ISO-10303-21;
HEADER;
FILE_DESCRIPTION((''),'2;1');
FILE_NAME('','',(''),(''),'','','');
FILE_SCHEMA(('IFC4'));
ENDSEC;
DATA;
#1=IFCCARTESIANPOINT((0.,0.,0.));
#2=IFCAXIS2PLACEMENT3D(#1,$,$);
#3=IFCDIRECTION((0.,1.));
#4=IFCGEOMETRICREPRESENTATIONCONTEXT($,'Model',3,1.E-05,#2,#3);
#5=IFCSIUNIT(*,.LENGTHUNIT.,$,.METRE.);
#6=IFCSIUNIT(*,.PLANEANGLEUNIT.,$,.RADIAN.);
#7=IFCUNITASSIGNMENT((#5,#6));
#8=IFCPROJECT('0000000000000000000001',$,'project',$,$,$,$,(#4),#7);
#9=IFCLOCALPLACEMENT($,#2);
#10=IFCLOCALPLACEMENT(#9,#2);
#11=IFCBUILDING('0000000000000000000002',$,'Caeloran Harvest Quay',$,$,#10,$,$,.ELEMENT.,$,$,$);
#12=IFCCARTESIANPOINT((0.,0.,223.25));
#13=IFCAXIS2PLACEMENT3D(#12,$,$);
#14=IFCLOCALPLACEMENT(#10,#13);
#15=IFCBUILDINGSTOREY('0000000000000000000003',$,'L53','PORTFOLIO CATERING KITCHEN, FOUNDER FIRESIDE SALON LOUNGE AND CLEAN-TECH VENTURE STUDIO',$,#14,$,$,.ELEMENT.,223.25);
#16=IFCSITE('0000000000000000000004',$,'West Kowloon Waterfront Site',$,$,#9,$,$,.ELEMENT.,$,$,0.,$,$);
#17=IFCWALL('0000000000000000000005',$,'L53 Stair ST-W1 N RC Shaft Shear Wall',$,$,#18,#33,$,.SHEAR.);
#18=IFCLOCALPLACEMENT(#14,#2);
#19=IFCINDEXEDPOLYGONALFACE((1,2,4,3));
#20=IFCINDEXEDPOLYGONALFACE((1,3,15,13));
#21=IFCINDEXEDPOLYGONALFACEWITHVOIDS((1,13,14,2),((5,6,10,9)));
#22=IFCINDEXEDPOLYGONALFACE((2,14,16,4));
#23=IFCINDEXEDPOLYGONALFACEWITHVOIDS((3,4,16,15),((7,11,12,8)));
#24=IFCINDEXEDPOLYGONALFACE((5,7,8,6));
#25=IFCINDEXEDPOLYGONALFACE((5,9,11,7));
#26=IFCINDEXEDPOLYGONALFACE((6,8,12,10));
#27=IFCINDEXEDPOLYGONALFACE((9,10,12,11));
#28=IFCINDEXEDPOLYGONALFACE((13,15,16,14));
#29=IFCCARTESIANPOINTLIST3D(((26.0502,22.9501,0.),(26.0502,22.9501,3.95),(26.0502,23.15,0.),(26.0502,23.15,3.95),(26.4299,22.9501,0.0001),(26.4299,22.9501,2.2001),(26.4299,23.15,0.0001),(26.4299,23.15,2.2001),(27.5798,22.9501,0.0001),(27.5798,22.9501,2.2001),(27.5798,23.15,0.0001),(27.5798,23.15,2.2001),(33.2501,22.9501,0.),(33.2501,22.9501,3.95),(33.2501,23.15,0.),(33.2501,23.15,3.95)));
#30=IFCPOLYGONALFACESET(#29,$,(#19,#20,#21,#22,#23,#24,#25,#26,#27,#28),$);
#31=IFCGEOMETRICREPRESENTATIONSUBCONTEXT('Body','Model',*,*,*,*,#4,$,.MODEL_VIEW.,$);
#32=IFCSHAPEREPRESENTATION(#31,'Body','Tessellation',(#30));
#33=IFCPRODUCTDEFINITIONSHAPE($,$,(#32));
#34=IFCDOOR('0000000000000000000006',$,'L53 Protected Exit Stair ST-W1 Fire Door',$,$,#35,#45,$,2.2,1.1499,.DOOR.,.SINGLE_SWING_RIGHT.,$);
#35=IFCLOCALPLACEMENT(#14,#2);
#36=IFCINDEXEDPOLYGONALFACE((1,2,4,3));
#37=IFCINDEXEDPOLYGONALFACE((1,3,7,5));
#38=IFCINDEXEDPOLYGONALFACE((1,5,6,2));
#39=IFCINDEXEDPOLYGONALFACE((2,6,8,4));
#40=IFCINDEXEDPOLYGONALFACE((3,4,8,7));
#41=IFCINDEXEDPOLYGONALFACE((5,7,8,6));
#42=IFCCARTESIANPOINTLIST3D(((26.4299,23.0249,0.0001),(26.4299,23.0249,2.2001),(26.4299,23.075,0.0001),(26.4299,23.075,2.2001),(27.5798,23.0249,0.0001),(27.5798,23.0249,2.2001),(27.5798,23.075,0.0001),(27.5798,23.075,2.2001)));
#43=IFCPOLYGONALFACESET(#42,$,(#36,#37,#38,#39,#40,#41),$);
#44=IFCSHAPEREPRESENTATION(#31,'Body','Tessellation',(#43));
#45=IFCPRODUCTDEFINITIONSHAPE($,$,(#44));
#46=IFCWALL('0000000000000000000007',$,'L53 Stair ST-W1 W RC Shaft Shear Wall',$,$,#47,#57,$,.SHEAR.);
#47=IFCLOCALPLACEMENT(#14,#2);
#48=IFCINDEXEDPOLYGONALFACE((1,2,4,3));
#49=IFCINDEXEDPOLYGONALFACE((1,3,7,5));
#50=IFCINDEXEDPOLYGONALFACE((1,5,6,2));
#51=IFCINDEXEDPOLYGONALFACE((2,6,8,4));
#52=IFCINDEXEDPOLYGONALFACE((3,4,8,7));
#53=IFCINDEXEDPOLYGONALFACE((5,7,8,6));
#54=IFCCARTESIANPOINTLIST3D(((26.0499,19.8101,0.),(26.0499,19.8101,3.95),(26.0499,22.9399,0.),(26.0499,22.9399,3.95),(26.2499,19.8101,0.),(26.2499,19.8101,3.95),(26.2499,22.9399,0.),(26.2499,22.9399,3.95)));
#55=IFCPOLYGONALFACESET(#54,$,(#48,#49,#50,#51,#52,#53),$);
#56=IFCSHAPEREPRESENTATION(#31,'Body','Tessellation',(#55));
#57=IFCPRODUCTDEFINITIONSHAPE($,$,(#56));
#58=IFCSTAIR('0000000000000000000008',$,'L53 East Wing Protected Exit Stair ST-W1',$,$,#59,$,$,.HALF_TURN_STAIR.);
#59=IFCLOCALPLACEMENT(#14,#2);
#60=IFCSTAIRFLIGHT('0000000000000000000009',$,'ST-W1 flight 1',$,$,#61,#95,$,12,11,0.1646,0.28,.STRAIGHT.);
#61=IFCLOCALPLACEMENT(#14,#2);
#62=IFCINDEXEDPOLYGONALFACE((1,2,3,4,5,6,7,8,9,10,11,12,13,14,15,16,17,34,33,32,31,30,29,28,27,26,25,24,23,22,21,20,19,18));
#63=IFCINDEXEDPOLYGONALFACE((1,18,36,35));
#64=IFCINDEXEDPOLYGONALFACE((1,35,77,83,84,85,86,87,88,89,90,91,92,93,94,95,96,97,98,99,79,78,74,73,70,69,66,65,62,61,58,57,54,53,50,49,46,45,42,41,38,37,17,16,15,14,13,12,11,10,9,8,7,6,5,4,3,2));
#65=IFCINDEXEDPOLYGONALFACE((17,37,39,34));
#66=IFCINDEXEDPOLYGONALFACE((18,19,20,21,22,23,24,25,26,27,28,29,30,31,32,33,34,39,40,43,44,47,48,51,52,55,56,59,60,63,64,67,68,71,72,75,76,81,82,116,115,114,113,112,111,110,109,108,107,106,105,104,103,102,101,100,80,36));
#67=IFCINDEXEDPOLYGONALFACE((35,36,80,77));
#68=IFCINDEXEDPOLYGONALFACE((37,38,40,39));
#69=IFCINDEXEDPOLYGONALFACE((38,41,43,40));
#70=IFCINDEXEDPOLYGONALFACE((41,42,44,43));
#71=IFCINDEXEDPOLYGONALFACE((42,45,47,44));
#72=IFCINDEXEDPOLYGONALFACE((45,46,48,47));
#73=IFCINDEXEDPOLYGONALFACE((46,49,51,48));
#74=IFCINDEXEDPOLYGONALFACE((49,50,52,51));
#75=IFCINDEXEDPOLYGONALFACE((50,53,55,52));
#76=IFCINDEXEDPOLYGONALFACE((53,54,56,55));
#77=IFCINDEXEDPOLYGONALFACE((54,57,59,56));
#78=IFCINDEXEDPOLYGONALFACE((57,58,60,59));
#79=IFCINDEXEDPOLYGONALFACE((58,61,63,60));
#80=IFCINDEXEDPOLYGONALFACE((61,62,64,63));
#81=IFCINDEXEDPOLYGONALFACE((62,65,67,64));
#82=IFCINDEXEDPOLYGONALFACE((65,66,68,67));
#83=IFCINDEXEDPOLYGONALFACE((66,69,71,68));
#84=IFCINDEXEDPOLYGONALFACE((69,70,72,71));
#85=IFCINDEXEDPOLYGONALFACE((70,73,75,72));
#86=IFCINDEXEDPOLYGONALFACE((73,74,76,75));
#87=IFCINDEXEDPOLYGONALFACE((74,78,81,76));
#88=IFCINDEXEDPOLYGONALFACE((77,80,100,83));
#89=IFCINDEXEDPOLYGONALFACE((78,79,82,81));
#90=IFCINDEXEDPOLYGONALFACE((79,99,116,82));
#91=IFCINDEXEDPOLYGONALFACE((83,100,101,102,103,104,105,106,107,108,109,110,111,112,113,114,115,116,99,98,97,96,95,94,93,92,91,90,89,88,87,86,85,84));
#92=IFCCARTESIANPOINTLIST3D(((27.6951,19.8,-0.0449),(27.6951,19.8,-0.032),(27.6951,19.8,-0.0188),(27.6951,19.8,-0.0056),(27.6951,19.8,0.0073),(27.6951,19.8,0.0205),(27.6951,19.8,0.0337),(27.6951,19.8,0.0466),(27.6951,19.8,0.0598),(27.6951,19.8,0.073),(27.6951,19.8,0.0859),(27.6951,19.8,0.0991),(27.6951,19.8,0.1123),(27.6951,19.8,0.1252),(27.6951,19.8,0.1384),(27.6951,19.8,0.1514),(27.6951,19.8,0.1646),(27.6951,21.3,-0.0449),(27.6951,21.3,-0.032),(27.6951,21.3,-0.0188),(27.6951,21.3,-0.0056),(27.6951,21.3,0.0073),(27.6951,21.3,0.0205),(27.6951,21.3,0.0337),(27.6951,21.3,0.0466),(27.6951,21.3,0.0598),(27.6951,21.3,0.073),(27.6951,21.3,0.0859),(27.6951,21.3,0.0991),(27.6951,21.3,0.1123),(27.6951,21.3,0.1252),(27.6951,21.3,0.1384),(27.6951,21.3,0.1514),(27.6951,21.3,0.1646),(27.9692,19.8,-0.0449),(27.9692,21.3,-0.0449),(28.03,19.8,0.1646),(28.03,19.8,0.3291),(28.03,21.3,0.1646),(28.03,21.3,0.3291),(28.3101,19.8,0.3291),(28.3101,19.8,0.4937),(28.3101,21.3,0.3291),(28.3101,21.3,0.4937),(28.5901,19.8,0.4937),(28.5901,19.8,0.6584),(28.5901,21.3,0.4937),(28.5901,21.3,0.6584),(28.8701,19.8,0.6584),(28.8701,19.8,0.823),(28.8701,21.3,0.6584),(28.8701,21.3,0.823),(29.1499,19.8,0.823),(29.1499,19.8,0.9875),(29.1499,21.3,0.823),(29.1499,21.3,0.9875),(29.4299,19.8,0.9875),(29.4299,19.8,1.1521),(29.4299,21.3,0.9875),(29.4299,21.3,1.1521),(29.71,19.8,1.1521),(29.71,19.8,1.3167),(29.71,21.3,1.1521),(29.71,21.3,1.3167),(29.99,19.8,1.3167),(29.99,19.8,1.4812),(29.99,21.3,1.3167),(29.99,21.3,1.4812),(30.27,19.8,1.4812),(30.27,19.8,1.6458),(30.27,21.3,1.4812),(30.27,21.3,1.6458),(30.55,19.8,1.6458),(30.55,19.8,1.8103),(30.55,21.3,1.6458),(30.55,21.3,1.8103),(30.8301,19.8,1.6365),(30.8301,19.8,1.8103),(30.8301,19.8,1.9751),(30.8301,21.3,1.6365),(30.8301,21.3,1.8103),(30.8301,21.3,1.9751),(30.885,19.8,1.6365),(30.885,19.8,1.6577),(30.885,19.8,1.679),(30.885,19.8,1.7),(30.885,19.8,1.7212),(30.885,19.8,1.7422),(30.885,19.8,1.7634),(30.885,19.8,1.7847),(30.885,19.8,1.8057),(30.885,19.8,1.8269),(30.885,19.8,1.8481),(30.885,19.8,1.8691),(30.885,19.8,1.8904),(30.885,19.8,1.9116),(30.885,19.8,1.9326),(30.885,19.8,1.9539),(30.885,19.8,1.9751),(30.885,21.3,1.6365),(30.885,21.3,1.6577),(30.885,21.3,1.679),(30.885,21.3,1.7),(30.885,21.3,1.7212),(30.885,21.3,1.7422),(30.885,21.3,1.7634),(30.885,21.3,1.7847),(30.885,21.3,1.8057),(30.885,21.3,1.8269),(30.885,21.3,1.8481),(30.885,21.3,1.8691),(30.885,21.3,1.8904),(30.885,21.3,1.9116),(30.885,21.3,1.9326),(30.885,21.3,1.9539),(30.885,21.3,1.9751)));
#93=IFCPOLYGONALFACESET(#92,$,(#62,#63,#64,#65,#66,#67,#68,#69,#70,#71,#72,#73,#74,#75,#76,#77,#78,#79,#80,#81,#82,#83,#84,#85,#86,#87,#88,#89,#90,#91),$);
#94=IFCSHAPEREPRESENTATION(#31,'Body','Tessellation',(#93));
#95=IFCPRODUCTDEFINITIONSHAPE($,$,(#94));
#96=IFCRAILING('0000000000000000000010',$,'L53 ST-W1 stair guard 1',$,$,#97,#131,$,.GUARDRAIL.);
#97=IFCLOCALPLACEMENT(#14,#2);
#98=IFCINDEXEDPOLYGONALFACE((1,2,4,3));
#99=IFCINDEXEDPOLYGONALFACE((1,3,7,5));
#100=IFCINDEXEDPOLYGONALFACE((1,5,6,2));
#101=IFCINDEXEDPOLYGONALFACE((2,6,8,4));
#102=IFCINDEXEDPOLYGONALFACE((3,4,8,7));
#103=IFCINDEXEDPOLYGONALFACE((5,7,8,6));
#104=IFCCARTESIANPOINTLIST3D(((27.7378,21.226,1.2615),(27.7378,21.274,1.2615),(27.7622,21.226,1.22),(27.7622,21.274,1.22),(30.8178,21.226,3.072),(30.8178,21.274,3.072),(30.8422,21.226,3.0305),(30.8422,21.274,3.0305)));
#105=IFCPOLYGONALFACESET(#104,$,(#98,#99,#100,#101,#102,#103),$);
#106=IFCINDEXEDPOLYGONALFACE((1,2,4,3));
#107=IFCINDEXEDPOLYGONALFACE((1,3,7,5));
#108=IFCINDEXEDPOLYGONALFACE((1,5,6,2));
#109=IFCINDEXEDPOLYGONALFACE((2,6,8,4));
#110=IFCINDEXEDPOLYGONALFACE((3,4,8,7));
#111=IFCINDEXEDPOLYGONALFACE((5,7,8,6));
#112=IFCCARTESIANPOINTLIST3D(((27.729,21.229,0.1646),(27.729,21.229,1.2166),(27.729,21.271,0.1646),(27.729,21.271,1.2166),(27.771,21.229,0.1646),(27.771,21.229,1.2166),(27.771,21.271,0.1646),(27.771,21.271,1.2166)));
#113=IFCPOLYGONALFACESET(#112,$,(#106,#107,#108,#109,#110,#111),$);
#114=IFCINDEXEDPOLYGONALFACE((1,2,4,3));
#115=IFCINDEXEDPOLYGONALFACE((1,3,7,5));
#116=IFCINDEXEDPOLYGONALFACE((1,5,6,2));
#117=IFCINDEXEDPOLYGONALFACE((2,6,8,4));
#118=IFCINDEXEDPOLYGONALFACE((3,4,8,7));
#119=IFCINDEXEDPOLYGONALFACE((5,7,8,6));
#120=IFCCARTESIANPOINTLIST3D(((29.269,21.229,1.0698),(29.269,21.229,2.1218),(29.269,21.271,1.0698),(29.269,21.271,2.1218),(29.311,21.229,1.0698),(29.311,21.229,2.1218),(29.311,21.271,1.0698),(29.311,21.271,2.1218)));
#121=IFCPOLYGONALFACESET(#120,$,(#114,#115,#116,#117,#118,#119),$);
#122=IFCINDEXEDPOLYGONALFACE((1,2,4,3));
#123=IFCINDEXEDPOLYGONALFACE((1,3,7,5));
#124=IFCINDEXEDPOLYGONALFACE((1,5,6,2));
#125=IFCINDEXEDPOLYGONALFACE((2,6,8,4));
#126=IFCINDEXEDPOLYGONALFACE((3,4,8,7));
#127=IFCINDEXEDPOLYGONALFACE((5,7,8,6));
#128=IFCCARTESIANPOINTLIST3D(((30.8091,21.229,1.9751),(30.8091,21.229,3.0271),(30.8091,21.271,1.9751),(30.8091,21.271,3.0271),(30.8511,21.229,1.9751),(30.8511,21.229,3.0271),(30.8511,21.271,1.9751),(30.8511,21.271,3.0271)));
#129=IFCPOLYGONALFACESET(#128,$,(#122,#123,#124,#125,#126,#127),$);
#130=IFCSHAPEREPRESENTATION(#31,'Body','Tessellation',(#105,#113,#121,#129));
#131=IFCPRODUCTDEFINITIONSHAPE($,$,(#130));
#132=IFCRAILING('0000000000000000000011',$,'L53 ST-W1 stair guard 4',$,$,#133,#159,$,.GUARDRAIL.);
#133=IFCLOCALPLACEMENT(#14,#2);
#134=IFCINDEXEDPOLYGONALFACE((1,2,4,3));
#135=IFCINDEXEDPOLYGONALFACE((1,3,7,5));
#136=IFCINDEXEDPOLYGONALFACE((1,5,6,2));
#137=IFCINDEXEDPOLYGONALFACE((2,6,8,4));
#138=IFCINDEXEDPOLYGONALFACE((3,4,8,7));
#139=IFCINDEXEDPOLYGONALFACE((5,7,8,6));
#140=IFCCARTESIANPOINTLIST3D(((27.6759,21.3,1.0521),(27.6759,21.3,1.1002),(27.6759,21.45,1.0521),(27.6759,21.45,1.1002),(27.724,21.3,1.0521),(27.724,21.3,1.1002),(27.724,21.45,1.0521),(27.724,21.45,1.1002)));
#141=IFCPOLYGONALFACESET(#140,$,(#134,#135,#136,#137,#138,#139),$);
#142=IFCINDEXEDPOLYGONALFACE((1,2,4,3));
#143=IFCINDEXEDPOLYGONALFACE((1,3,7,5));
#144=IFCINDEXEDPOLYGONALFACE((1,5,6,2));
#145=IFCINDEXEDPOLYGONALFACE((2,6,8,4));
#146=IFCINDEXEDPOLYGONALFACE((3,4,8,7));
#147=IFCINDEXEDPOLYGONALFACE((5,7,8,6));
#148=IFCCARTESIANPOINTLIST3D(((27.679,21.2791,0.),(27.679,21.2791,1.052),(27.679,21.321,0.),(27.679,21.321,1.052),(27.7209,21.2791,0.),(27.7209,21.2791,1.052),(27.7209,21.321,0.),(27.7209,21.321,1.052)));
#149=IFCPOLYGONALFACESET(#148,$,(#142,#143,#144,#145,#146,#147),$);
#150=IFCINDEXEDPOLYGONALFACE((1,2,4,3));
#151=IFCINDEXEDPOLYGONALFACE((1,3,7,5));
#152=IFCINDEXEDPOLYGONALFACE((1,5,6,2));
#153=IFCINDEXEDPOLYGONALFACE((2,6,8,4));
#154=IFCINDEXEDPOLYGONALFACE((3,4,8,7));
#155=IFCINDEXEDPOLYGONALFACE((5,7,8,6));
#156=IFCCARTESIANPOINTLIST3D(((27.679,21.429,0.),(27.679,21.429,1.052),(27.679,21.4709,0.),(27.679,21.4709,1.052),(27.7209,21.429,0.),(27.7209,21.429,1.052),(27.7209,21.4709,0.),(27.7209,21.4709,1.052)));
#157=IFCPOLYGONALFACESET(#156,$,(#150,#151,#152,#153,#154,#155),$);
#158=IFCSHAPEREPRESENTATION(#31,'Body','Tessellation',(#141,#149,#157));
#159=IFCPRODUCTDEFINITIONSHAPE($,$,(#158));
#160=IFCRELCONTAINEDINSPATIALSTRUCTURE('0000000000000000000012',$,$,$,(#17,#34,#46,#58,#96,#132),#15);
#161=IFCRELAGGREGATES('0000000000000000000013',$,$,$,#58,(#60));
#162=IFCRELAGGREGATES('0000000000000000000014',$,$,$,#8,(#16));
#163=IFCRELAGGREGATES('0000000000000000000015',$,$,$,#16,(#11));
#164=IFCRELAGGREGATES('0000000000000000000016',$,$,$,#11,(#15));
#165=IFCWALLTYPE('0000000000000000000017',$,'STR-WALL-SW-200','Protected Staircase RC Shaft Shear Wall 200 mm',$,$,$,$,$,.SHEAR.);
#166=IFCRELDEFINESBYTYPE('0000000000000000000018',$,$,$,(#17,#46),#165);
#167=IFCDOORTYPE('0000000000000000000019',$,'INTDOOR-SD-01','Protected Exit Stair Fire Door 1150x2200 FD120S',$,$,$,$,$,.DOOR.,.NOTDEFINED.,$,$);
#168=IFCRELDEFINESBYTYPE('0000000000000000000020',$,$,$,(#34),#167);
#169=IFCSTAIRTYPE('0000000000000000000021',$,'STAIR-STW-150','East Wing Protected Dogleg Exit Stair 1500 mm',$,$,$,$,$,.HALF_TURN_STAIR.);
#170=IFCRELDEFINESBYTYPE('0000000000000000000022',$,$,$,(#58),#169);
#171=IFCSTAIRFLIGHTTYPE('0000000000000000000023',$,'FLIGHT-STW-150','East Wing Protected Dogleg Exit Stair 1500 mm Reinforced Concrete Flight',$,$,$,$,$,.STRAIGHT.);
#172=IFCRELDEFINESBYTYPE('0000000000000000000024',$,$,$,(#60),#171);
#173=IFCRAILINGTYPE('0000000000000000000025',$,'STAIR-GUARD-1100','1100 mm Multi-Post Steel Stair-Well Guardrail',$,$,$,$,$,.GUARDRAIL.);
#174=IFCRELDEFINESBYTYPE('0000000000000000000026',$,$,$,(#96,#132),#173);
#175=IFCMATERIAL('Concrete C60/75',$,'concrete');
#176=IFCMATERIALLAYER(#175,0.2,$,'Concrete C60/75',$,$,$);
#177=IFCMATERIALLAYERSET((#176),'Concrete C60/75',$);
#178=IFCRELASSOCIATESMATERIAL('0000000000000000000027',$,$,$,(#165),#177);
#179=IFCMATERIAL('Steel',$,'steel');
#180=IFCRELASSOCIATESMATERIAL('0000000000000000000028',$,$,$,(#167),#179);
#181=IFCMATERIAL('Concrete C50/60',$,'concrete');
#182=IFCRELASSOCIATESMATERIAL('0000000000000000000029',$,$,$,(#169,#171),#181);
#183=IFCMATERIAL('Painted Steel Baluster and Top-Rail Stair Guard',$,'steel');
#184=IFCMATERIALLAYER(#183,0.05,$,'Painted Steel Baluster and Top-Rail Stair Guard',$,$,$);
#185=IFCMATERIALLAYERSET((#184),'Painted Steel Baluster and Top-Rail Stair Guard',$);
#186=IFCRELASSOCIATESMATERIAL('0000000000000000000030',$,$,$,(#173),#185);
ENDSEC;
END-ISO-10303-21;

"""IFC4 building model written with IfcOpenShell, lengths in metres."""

from ifc_helpers import new_model, si_unit, direction, frame, frame_2d, origin, origin_2d, place, context, subcontext, project, spatial, polyline, rectangle, outline, extrude, material, layer, layer_set, type_object, element, fill, aggregate, save


model = new_model("IFC4")

# Units and contexts
model_context = context("Model", 3, precision=1e-05, world=origin(), true_north=direction((0.0, 1.0)))
body_context = subcontext(model_context, "Body", "Model", "MODEL_VIEW")
ifc_project = project(units=[si_unit("LENGTHUNIT", "METRE"), si_unit("PLANEANGLEUNIT", "RADIAN")], contexts=[model_context])

# Site, building, storey
site_placement = place(None, origin())
site = spatial("IfcSite", under=ifc_project, at=site_placement, Name="West Kowloon Waterfront Site", CompositionType="ELEMENT", RefElevation=0.0)
building_placement = place(site_placement, origin())
building = spatial("IfcBuilding", under=site, at=building_placement, Name="Caeloran Harvest Quay", CompositionType="ELEMENT")
storey_placement = place(building_placement, frame((0.0, 0.0, 223.25)))
storey = spatial("IfcBuildingStorey", under=building, at=storey_placement, Name="L53", Description="PORTFOLIO CATERING KITCHEN, FOUNDER FIRESIDE SALON LOUNGE AND CLEAN-TECH VENTURE STUDIO", CompositionType="ELEMENT", Elevation=223.25)

# Shared definitions
ifc_material_1 = material(Name="Concrete C60/75", Category="concrete")
ifc_layer_1 = layer(ifc_material_1, 0.2, Name="Concrete C60/75")
ifc_layer_set_1 = layer_set([ifc_layer_1], Name="Concrete C60/75")
wall_type_1 = type_object("IfcWallType", Name="STR-WALL-SW-200", Description="Protected Staircase RC Shaft Shear Wall 200 mm", PredefinedType="SHEAR", material=ifc_layer_set_1)

# Wall, opening, door
wall_1_placement = place(storey_placement, frame((26.05, 23.05, 0.0), z_axis=(0.0, 0.0, 1.0), x_axis=(1.0, 0.0, 0.0)))
wall_1 = element("IfcWall", 1, at=wall_1_placement, inside=storey, type_object=wall_type_1, Name="L53 Stair ST-W1 N RC Shaft Shear Wall", PredefinedType="SHEAR", context=body_context, shape_type="SweptSolid", body=[
    extrude(rectangle(XDim=7.2, YDim=0.2, at=frame_2d((3.6001, 0.0))), origin(), (0.0, 0.0, 1.0), 3.95),
])
opening_placement = place(wall_1_placement, frame((0.3799, 0.0, 0.0)))
opening = element("IfcOpeningElement", 2, at=opening_placement, cuts=wall_1, PredefinedType="OPENING", context=body_context, shape_type="SweptSolid", body=[
    extrude(rectangle(XDim=1.1499, YDim=2.2, at=frame_2d((0.575, 1.1001))), frame((0.0, 0.1099, 0.0), z_axis=(0.0, -1.0, 0.0), x_axis=(1.0, 0.0, 0.0)), (0.0, 0.0, 1.0), 0.22),
])
ifc_material_2 = material(Name="Steel", Category="steel")
door_type = type_object("IfcDoorType", Name="INTDOOR-SD-01", Description="Protected Exit Stair Fire Door 1150x2200 FD120S", OperationType="NOTDEFINED", PredefinedType="DOOR", material=ifc_material_2)
door_placement = place(opening_placement, origin())
door = element("IfcDoor", 3, at=door_placement, inside=storey, type_object=door_type, Name="L53 Protected Exit Stair ST-W1 Fire Door", OperationType="SINGLE_SWING_RIGHT", OverallHeight=2.2, OverallWidth=1.1499, PredefinedType="DOOR", context=body_context, shape_type="SweptSolid", body=[
    extrude(rectangle(XDim=1.1499, YDim=2.2, at=frame_2d((0.575, 1.1001))), frame((0.0, 0.0249, 0.0), z_axis=(0.0, -1.0, 0.0), x_axis=(1.0, 0.0, 0.0)), (0.0, 0.0, 1.0), 0.05),
])
fill(opening, door)

# Wall
wall_2_placement = place(storey_placement, frame((26.1499, 19.8101, 0.0), z_axis=(0.0, 0.0, 1.0), x_axis=(0.0, 1.0, 0.0)))
element("IfcWall", 4, at=wall_2_placement, inside=storey, type_object=wall_type_1, Name="L53 Stair ST-W1 W RC Shaft Shear Wall", PredefinedType="SHEAR", context=body_context, shape_type="SweptSolid", body=[
    extrude(rectangle(XDim=3.1299, YDim=0.2, at=frame_2d((1.5649, 0.0))), origin(), (0.0, 0.0, 1.0), 3.95),
])

# Stair, stair flight
ifc_material_3 = material(Name="Concrete C50/60", Category="concrete")
stair_type = type_object("IfcStairType", Name="STAIR-STW-150", Description="East Wing Protected Dogleg Exit Stair 1500 mm", PredefinedType="HALF_TURN_STAIR", material=ifc_material_3)
stair_placement = place(storey_placement, origin())
stair = element("IfcStair", 5, at=stair_placement, inside=storey, type_object=stair_type, Name="L53 East Wing Protected Exit Stair ST-W1", PredefinedType="HALF_TURN_STAIR")
stair_flight_type = type_object("IfcStairFlightType", Name="FLIGHT-STW-150", Description="East Wing Protected Dogleg Exit Stair 1500 mm Reinforced Concrete Flight", PredefinedType="STRAIGHT", material=ifc_material_3)
stair_flight_placement = place(storey_placement, frame((27.75, 20.55, 0.0), z_axis=(0.0, 0.0, 1.0), x_axis=(1.0, 0.0, 0.0)))
stair_flight = element("IfcStairFlight", 6, at=stair_flight_placement, type_object=stair_flight_type, Name="ST-W1 flight 1", NumberOfRisers=12, NumberOfTreads=11, PredefinedType="STRAIGHT", RiserHeight=0.1646, TreadLength=0.28, context=body_context, shape_type="SweptSolid", body=[
    extrude(outline(polyline([(-0.0549, -0.0449), (-0.0549, -0.032), (-0.0549, -0.0188), (-0.0549, -0.0056), (-0.0549, 0.0073), (-0.0549, 0.0205), (-0.0549, 0.0337), (-0.0549, 0.0466), (-0.0549, 0.0598), (-0.0549, 0.073), (-0.0549, 0.0859), (-0.0549, 0.0991), (-0.0549, 0.1123), (-0.0549, 0.1252), (-0.0549, 0.1384), (-0.0549, 0.1514), (-0.0549, 0.1646), (0.28, 0.1646), (0.28, 0.3291), (0.5601, 0.3291), (0.5601, 0.4937), (0.8401, 0.4937), (0.8401, 0.6584), (1.1201, 0.6584), (1.1201, 0.823), (1.3999, 0.823), (1.3999, 0.9875), (1.6799, 0.9875), (1.6799, 1.1521), (1.96, 1.1521), (1.96, 1.3167), (2.24, 1.3167), (2.24, 1.4812), (2.52, 1.4812), (2.52, 1.6458), (2.8, 1.6458), (2.8, 1.8103), (3.0801, 1.8103), (3.0801, 1.9751), (3.135, 1.9751), (3.135, 1.9539), (3.135, 1.9326), (3.135, 1.9116), (3.135, 1.8904), (3.135, 1.8691), (3.135, 1.8481), (3.135, 1.8269), (3.135, 1.8057), (3.135, 1.7847), (3.135, 1.7634), (3.135, 1.7422), (3.135, 1.7212), (3.135, 1.7), (3.135, 1.679), (3.135, 1.6577), (3.135, 1.6365), (3.0801, 1.6365), (0.2192, -0.0449), (-0.0549, -0.0449)])), frame((0.0, 0.75, 0.0), z_axis=(0.0, -1.0, 0.0), x_axis=(1.0, 0.0, 0.0)), (0.0, 0.0, 1.0), 1.5),
])
aggregate(stair, [stair_flight])

# Railings
ifc_material_4 = material(Name="Painted Steel Baluster and Top-Rail Stair Guard", Category="steel")
ifc_layer_2 = layer(ifc_material_4, 0.05, Name="Painted Steel Baluster and Top-Rail Stair Guard")
ifc_layer_set_2 = layer_set([ifc_layer_2], Name="Painted Steel Baluster and Top-Rail Stair Guard")
railing_type_1 = type_object("IfcRailingType", Name="STAIR-GUARD-1100", Description="1100 mm Multi-Post Steel Stair-Well Guardrail", PredefinedType="GUARDRAIL", material=ifc_layer_set_2)
railing_1_placement = place(storey_placement, frame((27.75, 21.25, 0.1646)))
element("IfcRailing", 7, at=railing_1_placement, inside=storey, type_object=railing_type_1, Name="L53 ST-W1 stair guard 1", PredefinedType="GUARDRAIL", context=body_context, shape_type="SweptSolid", body=[
    extrude(rectangle(XDim=0.0481, YDim=0.0481, at=origin_2d()), frame((0.0, 0.0, 1.0762), z_axis=(0.862089, 0.0, 0.506757), x_axis=(0.0, 1.0, 0.0)), (0.0, 0.0, 1.0), 3.5728),
    extrude(rectangle(XDim=0.042, YDim=0.042, at=origin_2d()), origin(), (0.0, 0.0, 1.0), 1.052),
    extrude(rectangle(XDim=0.042, YDim=0.042, at=origin_2d()), frame((1.54, 0.0, 0.9053)), (0.0, 0.0, 1.0), 1.052),
    extrude(rectangle(XDim=0.042, YDim=0.042, at=origin_2d()), frame((3.0801, 0.0, 1.8105)), (0.0, 0.0, 1.0), 1.052),
])
railing_2_placement = place(storey_placement, frame((27.7, 21.3, 0.0)))
element("IfcRailing", 8, at=railing_2_placement, inside=storey, type_object=railing_type_1, Name="L53 ST-W1 stair guard 4", PredefinedType="GUARDRAIL", context=body_context, shape_type="SweptSolid", body=[
    extrude(rectangle(XDim=0.0481, YDim=0.0481, at=origin_2d()), frame((0.0, 0.0, 1.0762), z_axis=(0.0, 1.0, 0.0), x_axis=(-1.0, 0.0, 0.0)), (0.0, 0.0, 1.0), 0.1499),
    extrude(rectangle(XDim=0.042, YDim=0.042, at=origin_2d()), origin(), (0.0, 0.0, 1.0), 1.052),
    extrude(rectangle(XDim=0.042, YDim=0.042, at=origin_2d()), frame((0.0, 0.1499, 0.0)), (0.0, 0.0, 1.0), 1.052),
])

save(model, "model.ifc")
